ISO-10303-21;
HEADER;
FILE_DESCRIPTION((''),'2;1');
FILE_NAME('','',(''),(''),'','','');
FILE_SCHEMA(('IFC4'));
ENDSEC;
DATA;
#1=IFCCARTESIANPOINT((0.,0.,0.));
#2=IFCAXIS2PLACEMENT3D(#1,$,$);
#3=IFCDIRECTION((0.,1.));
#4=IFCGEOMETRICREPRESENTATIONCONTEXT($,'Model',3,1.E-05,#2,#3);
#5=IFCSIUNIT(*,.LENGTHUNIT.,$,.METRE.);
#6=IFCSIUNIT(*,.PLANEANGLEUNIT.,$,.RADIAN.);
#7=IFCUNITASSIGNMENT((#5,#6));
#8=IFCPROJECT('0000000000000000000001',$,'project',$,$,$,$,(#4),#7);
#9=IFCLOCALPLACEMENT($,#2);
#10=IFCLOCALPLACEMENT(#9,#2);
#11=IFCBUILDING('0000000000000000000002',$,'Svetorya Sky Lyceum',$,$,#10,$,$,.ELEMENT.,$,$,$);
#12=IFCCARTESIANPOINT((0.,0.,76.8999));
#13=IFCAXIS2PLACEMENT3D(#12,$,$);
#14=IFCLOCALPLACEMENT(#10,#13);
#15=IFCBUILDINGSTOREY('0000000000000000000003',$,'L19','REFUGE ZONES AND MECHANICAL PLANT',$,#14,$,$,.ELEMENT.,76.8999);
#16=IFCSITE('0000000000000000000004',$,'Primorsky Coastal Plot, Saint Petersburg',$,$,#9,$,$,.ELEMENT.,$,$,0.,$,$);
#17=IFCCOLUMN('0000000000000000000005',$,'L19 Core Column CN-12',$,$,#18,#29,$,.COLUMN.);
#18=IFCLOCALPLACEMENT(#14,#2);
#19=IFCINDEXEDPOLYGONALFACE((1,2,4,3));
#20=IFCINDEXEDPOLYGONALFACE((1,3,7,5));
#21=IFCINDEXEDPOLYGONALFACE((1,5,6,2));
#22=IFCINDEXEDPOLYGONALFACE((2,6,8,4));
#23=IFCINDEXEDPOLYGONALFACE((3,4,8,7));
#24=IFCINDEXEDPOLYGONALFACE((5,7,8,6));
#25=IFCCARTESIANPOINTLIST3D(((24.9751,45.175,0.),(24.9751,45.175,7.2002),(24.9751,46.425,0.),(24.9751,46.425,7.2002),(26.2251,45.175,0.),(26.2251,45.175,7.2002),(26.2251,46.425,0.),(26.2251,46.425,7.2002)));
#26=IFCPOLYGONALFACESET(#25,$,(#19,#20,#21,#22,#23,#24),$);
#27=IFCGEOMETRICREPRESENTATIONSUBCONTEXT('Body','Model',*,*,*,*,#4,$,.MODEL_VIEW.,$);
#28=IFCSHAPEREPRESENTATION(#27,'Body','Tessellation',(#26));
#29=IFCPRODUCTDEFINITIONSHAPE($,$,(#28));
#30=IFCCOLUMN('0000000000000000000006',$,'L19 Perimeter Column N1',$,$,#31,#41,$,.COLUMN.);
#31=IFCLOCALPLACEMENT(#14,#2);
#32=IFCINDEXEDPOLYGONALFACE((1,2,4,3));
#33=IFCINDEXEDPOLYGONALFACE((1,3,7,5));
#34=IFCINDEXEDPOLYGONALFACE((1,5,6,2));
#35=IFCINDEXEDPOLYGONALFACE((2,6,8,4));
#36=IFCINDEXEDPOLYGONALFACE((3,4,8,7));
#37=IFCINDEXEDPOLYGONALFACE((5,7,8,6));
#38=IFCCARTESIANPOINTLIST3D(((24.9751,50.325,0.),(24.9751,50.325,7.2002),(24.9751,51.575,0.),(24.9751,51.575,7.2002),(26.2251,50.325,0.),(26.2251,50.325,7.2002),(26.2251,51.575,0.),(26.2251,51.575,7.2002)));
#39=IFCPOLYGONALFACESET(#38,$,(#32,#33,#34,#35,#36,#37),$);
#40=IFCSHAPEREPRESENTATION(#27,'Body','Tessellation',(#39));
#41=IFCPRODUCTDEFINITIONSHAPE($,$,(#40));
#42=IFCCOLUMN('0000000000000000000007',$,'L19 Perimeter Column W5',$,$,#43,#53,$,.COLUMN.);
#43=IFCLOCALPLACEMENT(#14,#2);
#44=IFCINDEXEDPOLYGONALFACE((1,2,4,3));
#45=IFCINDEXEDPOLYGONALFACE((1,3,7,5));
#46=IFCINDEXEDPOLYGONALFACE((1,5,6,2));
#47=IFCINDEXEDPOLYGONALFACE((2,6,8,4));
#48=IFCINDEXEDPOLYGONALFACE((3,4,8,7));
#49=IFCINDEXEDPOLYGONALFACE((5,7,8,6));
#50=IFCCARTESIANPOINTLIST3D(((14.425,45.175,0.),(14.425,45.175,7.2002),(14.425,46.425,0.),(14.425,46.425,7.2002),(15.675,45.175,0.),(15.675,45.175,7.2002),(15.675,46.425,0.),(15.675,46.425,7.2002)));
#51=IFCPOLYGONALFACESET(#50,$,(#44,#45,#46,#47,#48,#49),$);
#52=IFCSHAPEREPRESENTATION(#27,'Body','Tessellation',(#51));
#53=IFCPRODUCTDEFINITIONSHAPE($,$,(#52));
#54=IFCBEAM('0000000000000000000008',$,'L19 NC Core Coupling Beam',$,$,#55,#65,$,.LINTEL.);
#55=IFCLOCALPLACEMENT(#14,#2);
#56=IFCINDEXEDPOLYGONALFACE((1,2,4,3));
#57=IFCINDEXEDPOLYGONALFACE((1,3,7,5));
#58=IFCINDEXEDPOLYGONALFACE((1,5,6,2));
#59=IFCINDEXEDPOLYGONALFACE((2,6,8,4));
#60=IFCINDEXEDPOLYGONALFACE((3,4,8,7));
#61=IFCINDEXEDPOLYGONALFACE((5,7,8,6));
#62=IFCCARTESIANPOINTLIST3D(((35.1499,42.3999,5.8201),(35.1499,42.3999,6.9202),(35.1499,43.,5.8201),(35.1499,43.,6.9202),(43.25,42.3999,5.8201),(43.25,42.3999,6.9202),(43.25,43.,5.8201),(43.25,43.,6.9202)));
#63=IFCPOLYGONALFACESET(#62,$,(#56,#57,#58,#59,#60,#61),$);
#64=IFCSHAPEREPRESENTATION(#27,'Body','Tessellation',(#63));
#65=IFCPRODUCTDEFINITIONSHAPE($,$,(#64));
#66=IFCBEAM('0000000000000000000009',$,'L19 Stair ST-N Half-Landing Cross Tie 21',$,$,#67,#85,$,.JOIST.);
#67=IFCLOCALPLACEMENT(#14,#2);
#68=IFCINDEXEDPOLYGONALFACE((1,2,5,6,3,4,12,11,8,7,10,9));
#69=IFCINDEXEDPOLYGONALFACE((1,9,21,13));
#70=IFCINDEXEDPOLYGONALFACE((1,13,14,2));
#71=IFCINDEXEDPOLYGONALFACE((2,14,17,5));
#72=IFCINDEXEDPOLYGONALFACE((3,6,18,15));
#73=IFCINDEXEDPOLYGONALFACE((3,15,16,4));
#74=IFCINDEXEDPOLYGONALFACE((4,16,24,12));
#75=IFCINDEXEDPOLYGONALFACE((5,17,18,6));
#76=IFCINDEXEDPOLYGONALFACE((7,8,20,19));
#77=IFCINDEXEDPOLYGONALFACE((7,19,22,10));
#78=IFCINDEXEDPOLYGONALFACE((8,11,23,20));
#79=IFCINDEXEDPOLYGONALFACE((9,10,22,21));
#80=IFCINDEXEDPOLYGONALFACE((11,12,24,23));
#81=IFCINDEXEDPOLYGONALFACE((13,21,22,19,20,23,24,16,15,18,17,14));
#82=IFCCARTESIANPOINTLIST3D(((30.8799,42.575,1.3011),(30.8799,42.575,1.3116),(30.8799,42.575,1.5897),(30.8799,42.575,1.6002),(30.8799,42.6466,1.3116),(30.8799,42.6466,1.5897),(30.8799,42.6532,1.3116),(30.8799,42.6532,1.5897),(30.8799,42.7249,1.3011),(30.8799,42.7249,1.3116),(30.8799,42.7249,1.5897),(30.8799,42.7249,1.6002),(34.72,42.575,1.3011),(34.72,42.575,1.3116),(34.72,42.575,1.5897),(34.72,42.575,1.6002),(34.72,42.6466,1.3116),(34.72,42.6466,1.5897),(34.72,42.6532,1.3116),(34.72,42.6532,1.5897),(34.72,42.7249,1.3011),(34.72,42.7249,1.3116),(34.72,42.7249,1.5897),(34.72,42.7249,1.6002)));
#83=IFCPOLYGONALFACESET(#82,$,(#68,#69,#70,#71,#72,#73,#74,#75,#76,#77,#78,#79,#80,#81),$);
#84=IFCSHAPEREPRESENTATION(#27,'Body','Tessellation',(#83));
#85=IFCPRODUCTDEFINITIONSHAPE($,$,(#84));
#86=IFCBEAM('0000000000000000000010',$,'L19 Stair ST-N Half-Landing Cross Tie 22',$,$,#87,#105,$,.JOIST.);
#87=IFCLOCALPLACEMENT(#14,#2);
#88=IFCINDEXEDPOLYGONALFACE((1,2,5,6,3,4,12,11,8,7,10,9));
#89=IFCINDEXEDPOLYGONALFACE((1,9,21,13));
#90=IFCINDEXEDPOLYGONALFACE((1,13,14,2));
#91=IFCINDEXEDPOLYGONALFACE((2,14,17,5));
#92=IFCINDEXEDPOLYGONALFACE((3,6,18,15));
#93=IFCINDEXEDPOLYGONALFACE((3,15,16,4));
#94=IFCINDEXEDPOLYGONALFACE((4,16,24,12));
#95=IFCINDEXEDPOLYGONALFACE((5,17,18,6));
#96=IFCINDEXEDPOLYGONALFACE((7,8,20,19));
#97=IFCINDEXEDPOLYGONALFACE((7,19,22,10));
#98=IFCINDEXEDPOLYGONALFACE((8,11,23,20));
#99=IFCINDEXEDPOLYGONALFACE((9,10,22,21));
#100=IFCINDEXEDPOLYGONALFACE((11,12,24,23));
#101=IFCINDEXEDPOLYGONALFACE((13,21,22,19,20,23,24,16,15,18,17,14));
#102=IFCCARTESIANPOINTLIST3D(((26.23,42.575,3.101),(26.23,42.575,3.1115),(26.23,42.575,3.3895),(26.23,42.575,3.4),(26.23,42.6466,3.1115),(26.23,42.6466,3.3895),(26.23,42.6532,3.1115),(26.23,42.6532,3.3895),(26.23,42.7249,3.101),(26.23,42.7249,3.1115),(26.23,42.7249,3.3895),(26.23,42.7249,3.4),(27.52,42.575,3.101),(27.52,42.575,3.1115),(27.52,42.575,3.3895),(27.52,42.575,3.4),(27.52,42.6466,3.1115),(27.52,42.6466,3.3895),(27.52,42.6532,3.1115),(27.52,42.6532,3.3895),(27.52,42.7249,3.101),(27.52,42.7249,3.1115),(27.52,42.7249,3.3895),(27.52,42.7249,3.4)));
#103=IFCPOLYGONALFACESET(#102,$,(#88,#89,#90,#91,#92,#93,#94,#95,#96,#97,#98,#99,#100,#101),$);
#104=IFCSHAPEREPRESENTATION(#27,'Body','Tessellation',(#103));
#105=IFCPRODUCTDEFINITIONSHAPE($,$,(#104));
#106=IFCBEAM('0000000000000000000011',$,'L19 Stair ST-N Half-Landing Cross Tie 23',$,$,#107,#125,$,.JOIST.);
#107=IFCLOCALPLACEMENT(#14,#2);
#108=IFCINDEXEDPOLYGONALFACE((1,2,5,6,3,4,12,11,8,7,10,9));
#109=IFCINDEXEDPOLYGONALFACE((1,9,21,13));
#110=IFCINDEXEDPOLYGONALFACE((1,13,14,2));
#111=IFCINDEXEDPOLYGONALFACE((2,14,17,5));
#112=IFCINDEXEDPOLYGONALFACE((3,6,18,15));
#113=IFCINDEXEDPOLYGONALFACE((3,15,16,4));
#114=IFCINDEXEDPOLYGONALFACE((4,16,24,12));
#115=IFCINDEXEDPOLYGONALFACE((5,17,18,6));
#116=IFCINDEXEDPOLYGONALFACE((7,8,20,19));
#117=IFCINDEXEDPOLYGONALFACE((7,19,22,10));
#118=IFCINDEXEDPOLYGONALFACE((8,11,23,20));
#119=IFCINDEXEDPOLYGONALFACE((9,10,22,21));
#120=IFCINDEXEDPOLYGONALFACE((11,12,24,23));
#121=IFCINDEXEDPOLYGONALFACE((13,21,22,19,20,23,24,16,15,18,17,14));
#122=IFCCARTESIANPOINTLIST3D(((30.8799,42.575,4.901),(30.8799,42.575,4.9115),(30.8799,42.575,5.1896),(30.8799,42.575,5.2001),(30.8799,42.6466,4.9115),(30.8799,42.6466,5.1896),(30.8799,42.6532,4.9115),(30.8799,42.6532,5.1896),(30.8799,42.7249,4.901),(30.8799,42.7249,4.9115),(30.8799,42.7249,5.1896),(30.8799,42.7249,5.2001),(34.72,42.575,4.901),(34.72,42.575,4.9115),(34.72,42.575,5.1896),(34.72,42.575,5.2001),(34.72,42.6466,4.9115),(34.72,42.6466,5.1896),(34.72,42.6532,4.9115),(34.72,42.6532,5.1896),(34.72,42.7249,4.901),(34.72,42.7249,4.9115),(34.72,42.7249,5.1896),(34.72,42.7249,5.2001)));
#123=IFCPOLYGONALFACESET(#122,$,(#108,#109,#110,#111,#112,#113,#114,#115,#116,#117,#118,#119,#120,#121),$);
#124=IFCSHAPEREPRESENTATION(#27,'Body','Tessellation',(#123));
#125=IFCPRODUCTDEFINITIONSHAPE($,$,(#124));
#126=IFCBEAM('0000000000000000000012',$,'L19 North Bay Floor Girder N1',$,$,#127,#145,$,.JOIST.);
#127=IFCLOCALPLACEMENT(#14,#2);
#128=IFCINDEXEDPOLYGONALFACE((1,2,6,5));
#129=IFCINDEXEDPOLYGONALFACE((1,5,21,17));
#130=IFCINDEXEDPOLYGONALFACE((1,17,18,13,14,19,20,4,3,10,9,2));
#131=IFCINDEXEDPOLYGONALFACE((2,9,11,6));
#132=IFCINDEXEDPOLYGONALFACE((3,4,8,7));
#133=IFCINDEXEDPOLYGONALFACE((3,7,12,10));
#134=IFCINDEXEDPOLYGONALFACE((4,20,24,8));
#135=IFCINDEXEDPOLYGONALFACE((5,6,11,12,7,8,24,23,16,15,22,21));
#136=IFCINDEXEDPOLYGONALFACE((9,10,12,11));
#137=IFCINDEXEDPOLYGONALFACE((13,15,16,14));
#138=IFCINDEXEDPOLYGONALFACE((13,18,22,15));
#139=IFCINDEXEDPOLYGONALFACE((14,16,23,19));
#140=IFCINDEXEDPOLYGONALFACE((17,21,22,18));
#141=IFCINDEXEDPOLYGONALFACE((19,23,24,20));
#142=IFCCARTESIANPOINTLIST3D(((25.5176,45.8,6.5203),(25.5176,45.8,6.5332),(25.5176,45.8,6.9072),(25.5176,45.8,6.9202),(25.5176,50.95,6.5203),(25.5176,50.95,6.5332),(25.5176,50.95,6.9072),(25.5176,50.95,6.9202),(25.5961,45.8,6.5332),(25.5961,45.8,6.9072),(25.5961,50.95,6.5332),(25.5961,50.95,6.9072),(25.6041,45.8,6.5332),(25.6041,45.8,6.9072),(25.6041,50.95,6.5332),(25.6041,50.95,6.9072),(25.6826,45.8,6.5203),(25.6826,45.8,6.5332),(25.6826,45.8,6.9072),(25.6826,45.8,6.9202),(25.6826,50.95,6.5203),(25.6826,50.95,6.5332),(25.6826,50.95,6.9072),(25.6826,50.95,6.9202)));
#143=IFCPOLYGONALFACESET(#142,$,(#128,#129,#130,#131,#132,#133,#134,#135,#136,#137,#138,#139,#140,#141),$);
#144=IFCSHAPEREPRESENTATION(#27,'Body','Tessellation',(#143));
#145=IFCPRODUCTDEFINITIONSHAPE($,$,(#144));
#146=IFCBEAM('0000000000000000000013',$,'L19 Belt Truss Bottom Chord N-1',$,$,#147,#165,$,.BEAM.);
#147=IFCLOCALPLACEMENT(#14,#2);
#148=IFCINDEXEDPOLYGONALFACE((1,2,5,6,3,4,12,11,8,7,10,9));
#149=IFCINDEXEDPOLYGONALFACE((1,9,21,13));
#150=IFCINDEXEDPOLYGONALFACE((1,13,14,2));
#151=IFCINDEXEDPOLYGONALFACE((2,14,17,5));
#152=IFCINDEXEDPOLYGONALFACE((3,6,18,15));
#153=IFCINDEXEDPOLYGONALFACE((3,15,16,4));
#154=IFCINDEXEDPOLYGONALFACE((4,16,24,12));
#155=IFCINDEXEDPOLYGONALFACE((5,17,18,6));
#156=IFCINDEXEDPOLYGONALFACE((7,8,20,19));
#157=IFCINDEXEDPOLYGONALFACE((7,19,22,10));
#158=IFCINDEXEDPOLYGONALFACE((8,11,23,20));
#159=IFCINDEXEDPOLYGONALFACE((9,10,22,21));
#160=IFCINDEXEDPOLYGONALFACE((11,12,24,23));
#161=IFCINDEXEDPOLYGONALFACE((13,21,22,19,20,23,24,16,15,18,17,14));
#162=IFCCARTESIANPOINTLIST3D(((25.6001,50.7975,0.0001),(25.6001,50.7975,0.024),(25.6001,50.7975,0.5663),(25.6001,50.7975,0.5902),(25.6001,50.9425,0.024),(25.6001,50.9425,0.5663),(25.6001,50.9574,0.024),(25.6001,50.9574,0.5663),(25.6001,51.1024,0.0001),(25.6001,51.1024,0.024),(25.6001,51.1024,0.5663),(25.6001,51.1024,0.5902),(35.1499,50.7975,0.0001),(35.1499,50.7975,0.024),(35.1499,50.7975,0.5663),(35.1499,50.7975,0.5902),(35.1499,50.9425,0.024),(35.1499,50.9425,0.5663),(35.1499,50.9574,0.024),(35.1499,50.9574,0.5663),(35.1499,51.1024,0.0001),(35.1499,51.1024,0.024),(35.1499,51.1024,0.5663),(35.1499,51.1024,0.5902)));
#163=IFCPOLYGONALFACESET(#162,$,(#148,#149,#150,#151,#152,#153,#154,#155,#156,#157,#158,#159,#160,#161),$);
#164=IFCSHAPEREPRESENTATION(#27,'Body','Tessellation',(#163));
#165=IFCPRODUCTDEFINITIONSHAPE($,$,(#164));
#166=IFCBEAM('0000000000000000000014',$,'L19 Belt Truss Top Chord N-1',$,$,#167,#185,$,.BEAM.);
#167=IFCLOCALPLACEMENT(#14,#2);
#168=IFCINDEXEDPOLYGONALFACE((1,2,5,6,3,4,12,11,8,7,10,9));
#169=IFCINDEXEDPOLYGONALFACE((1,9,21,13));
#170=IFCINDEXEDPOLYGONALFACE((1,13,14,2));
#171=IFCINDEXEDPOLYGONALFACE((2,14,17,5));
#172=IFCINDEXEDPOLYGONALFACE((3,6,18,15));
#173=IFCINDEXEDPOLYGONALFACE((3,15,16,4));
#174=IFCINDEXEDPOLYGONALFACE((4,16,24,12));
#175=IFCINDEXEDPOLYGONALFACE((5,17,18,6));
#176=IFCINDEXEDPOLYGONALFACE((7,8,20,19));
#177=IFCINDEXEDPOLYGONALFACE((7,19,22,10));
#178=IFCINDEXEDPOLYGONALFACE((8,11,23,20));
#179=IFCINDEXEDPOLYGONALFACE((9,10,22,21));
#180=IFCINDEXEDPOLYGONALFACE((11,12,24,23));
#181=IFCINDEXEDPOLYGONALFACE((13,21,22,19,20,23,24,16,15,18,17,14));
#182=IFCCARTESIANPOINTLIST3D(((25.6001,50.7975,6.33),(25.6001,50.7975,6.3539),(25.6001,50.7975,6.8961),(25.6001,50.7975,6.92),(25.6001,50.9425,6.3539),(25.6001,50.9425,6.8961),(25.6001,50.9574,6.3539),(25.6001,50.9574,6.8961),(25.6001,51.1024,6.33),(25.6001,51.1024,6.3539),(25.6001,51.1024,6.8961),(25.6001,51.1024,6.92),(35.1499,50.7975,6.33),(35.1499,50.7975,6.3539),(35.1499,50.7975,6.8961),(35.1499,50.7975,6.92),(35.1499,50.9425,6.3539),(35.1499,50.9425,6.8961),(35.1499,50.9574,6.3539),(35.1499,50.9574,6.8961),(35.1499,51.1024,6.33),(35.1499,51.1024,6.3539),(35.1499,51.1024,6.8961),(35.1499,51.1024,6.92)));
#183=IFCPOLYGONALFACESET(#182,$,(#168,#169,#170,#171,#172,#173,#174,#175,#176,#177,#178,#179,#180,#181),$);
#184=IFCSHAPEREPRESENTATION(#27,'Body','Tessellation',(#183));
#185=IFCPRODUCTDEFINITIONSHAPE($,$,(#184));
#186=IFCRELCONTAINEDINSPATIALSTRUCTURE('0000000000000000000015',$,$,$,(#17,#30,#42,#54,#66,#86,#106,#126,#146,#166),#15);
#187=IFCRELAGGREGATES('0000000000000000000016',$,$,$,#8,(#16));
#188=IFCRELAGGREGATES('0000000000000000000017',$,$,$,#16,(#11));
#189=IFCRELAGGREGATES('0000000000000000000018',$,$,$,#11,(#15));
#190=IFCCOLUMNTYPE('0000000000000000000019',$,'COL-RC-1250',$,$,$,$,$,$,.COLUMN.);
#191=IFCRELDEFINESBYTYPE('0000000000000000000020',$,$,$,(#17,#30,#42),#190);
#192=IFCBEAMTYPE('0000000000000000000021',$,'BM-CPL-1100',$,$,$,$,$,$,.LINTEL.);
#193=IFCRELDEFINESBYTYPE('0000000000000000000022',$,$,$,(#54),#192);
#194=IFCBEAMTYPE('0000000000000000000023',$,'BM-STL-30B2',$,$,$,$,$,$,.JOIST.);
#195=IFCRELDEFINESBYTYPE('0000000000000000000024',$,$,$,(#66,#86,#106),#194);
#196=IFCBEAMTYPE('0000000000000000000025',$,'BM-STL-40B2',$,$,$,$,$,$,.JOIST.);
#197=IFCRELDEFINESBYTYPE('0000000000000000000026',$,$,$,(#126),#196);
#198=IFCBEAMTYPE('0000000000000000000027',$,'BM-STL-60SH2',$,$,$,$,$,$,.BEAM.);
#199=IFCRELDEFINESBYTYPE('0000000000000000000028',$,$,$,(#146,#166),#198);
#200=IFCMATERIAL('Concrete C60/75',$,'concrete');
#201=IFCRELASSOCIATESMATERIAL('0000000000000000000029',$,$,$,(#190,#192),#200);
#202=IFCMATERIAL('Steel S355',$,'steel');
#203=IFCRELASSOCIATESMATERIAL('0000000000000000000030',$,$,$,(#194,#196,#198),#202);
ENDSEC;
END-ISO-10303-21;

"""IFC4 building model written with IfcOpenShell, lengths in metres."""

from ifc_helpers import new_model, si_unit, direction, frame, origin, origin_2d, place, context, subcontext, project, spatial, rectangle, i_section, extrude, material, material_profile, profile_set, type_object, element, save


model = new_model("IFC4")

# Units and contexts
model_context = context("Model", 3, precision=1e-05, world=origin(), true_north=direction((0.0, 1.0)))
body_context = subcontext(model_context, "Body", "Model", "MODEL_VIEW")
ifc_project = project(units=[si_unit("LENGTHUNIT", "METRE"), si_unit("PLANEANGLEUNIT", "RADIAN")], contexts=[model_context])

# Site, building, storey
site_placement = place(None, origin())
site = spatial("IfcSite", under=ifc_project, at=site_placement, Name="Primorsky Coastal Plot, Saint Petersburg", CompositionType="ELEMENT", RefElevation=0.0)
building_placement = place(site_placement, origin())
building = spatial("IfcBuilding", under=site, at=building_placement, Name="Svetorya Sky Lyceum", CompositionType="ELEMENT")
storey_placement = place(building_placement, frame((0.0, 0.0, 76.8999)))
storey = spatial("IfcBuildingStorey", under=building, at=storey_placement, Name="L19", Description="REFUGE ZONES AND MECHANICAL PLANT", CompositionType="ELEMENT", Elevation=76.8999)

# Columns
ifc_material_1 = material(Name="Concrete C60/75", Category="concrete")
ifc_material_profile_1 = material_profile(ifc_material_1, rectangle(XDim=1.25, YDim=1.25, at=origin_2d()), Name="RC COL 1250x1250")
ifc_profile_set_1 = profile_set([ifc_material_profile_1], Name="Concrete C60/75")
column_type = type_object("IfcColumnType", Name="COL-RC-1250", PredefinedType="COLUMN", material=ifc_profile_set_1)
for number, where, z_axis, x_axis, name in (
    (1, (25.6001, 45.8, 0.0), (0.0, 0.0, 1.0), (1.0, 0.0, 0.0), "L19 Core Column CN-12"),
    (2, (25.6001, 50.95, 0.0), (0.0, 0.0, 1.0), (1.0, 0.0, 0.0), "L19 Perimeter Column N1"),
    (3, (15.05, 45.8, 0.0), (0.0, 0.0, 1.0), (1.0, 0.0, 0.0), "L19 Perimeter Column W5"),
):
    element("IfcColumn", number, at=place(storey_placement, frame(where, z_axis=z_axis, x_axis=x_axis)), inside=storey, type_object=column_type, Name=name, PredefinedType="COLUMN", context=body_context, shape_type="SweptSolid", body=[
        extrude(rectangle(XDim=1.25, YDim=1.25, at=origin_2d()), origin(), (0.0, 0.0, 1.0), 7.2002),
    ])

# Beams
ifc_material_profile_2 = material_profile(ifc_material_1, rectangle(XDim=0.6001, YDim=1.1001, at=origin_2d()), Name="RC COUPLING 600x1100")
ifc_profile_set_2 = profile_set([ifc_material_profile_2], Name="Concrete C60/75")
beam_type_1 = type_object("IfcBeamType", Name="BM-CPL-1100", PredefinedType="LINTEL", material=ifc_profile_set_2)
beam_1_placement = place(storey_placement, frame((35.1499, 42.7, 6.3701), z_axis=(1.0, 0.0, 0.0), x_axis=(0.0, 1.0, 0.0)))
element("IfcBeam", 4, at=beam_1_placement, inside=storey, type_object=beam_type_1, Name="L19 NC Core Coupling Beam", PredefinedType="LINTEL", context=body_context, shape_type="SweptSolid", body=[
    extrude(rectangle(XDim=0.6001, YDim=1.1001, at=origin_2d()), origin(), (0.0, 0.0, 1.0), 8.1001),
])
ifc_material_2 = material(Name="Steel S355", Category="steel")
ifc_material_profile_3 = material_profile(ifc_material_2, i_section(OverallWidth=0.1499, OverallDepth=0.2991, WebThickness=0.0066, FlangeThickness=0.0105, at=origin_2d()), Name="GOST 30B2")
ifc_profile_set_3 = profile_set([ifc_material_profile_3], Name="Steel S355")
beam_type_2 = type_object("IfcBeamType", Name="BM-STL-30B2", PredefinedType="JOIST", material=ifc_profile_set_3)
beam_2_placement = place(storey_placement, frame((30.8799, 42.6499, 1.4507), z_axis=(1.0, 0.0, 0.0), x_axis=(0.0, 1.0, 0.0)))
element("IfcBeam", 5, at=beam_2_placement, inside=storey, type_object=beam_type_2, Name="L19 Stair ST-N Half-Landing Cross Tie 21", PredefinedType="JOIST", context=body_context, shape_type="SweptSolid", body=[
    extrude(i_section(OverallWidth=0.1499, OverallDepth=0.2991, WebThickness=0.0066, FlangeThickness=0.0105, at=origin_2d()), origin(), (0.0, 0.0, 1.0), 3.8401),
])
beam_3_placement = place(storey_placement, frame((26.23, 42.6499, 3.2505), z_axis=(1.0, 0.0, 0.0), x_axis=(0.0, 1.0, 0.0)))
element("IfcBeam", 6, at=beam_3_placement, inside=storey, type_object=beam_type_2, Name="L19 Stair ST-N Half-Landing Cross Tie 22", PredefinedType="JOIST", context=body_context, shape_type="SweptSolid", body=[
    extrude(i_section(OverallWidth=0.1499, OverallDepth=0.2991, WebThickness=0.0066, FlangeThickness=0.0105, at=origin_2d()), origin(), (0.0, 0.0, 1.0), 1.29),
])
beam_4_placement = place(storey_placement, frame((30.8799, 42.6499, 5.0505), z_axis=(1.0, 0.0, 0.0), x_axis=(0.0, 1.0, 0.0)))
element("IfcBeam", 7, at=beam_4_placement, inside=storey, type_object=beam_type_2, Name="L19 Stair ST-N Half-Landing Cross Tie 23", PredefinedType="JOIST", context=body_context, shape_type="SweptSolid", body=[
    extrude(i_section(OverallWidth=0.1499, OverallDepth=0.2991, WebThickness=0.0066, FlangeThickness=0.0105, at=origin_2d()), origin(), (0.0, 0.0, 1.0), 3.8401),
])
ifc_material_profile_4 = material_profile(ifc_material_2, i_section(OverallWidth=0.165, OverallDepth=0.3999, WebThickness=0.0081, FlangeThickness=0.0129, at=origin_2d()), Name="GOST 40B2")
ifc_profile_set_4 = profile_set([ifc_material_profile_4], Name="Steel S355")
beam_type_3 = type_object("IfcBeamType", Name="BM-STL-40B2", PredefinedType="JOIST", material=ifc_profile_set_4)
beam_5_placement = place(storey_placement, frame((25.6001, 45.8, 6.7202), z_axis=(0.0, 1.0, 0.0), x_axis=(-1.0, 0.0, 0.0)))
element("IfcBeam", 8, at=beam_5_placement, inside=storey, type_object=beam_type_3, Name="L19 North Bay Floor Girder N1", PredefinedType="JOIST", context=body_context, shape_type="SweptSolid", body=[
    extrude(i_section(OverallWidth=0.165, OverallDepth=0.3999, WebThickness=0.0081, FlangeThickness=0.0129, at=origin_2d()), origin(), (0.0, 0.0, 1.0), 5.1499),
])
ifc_material_profile_5 = material_profile(ifc_material_2, i_section(OverallWidth=0.3049, OverallDepth=0.5901, WebThickness=0.0149, FlangeThickness=0.0239, at=origin_2d()), Name="GOST 60Sh2")
ifc_profile_set_5 = profile_set([ifc_material_profile_5], Name="Steel S355")
beam_type_4 = type_object("IfcBeamType", Name="BM-STL-60SH2", PredefinedType="BEAM", material=ifc_profile_set_5)
for number, where, z_axis, x_axis, name in (
    (9, (25.6001, 50.95, 0.2952), (1.0, 0.0, 0.0), (0.0, 1.0, 0.0), "L19 Belt Truss Bottom Chord N-1"),
    (10, (25.6001, 50.95, 6.625), (1.0, 0.0, 0.0), (0.0, 1.0, 0.0), "L19 Belt Truss Top Chord N-1"),
):
    element("IfcBeam", number, at=place(storey_placement, frame(where, z_axis=z_axis, x_axis=x_axis)), inside=storey, type_object=beam_type_4, Name=name, PredefinedType="BEAM", context=body_context, shape_type="SweptSolid", body=[
        extrude(i_section(OverallWidth=0.3049, OverallDepth=0.5901, WebThickness=0.0149, FlangeThickness=0.0239, at=origin_2d()), origin(), (0.0, 0.0, 1.0), 9.5498),
    ])

save(model, "model.ifc")
